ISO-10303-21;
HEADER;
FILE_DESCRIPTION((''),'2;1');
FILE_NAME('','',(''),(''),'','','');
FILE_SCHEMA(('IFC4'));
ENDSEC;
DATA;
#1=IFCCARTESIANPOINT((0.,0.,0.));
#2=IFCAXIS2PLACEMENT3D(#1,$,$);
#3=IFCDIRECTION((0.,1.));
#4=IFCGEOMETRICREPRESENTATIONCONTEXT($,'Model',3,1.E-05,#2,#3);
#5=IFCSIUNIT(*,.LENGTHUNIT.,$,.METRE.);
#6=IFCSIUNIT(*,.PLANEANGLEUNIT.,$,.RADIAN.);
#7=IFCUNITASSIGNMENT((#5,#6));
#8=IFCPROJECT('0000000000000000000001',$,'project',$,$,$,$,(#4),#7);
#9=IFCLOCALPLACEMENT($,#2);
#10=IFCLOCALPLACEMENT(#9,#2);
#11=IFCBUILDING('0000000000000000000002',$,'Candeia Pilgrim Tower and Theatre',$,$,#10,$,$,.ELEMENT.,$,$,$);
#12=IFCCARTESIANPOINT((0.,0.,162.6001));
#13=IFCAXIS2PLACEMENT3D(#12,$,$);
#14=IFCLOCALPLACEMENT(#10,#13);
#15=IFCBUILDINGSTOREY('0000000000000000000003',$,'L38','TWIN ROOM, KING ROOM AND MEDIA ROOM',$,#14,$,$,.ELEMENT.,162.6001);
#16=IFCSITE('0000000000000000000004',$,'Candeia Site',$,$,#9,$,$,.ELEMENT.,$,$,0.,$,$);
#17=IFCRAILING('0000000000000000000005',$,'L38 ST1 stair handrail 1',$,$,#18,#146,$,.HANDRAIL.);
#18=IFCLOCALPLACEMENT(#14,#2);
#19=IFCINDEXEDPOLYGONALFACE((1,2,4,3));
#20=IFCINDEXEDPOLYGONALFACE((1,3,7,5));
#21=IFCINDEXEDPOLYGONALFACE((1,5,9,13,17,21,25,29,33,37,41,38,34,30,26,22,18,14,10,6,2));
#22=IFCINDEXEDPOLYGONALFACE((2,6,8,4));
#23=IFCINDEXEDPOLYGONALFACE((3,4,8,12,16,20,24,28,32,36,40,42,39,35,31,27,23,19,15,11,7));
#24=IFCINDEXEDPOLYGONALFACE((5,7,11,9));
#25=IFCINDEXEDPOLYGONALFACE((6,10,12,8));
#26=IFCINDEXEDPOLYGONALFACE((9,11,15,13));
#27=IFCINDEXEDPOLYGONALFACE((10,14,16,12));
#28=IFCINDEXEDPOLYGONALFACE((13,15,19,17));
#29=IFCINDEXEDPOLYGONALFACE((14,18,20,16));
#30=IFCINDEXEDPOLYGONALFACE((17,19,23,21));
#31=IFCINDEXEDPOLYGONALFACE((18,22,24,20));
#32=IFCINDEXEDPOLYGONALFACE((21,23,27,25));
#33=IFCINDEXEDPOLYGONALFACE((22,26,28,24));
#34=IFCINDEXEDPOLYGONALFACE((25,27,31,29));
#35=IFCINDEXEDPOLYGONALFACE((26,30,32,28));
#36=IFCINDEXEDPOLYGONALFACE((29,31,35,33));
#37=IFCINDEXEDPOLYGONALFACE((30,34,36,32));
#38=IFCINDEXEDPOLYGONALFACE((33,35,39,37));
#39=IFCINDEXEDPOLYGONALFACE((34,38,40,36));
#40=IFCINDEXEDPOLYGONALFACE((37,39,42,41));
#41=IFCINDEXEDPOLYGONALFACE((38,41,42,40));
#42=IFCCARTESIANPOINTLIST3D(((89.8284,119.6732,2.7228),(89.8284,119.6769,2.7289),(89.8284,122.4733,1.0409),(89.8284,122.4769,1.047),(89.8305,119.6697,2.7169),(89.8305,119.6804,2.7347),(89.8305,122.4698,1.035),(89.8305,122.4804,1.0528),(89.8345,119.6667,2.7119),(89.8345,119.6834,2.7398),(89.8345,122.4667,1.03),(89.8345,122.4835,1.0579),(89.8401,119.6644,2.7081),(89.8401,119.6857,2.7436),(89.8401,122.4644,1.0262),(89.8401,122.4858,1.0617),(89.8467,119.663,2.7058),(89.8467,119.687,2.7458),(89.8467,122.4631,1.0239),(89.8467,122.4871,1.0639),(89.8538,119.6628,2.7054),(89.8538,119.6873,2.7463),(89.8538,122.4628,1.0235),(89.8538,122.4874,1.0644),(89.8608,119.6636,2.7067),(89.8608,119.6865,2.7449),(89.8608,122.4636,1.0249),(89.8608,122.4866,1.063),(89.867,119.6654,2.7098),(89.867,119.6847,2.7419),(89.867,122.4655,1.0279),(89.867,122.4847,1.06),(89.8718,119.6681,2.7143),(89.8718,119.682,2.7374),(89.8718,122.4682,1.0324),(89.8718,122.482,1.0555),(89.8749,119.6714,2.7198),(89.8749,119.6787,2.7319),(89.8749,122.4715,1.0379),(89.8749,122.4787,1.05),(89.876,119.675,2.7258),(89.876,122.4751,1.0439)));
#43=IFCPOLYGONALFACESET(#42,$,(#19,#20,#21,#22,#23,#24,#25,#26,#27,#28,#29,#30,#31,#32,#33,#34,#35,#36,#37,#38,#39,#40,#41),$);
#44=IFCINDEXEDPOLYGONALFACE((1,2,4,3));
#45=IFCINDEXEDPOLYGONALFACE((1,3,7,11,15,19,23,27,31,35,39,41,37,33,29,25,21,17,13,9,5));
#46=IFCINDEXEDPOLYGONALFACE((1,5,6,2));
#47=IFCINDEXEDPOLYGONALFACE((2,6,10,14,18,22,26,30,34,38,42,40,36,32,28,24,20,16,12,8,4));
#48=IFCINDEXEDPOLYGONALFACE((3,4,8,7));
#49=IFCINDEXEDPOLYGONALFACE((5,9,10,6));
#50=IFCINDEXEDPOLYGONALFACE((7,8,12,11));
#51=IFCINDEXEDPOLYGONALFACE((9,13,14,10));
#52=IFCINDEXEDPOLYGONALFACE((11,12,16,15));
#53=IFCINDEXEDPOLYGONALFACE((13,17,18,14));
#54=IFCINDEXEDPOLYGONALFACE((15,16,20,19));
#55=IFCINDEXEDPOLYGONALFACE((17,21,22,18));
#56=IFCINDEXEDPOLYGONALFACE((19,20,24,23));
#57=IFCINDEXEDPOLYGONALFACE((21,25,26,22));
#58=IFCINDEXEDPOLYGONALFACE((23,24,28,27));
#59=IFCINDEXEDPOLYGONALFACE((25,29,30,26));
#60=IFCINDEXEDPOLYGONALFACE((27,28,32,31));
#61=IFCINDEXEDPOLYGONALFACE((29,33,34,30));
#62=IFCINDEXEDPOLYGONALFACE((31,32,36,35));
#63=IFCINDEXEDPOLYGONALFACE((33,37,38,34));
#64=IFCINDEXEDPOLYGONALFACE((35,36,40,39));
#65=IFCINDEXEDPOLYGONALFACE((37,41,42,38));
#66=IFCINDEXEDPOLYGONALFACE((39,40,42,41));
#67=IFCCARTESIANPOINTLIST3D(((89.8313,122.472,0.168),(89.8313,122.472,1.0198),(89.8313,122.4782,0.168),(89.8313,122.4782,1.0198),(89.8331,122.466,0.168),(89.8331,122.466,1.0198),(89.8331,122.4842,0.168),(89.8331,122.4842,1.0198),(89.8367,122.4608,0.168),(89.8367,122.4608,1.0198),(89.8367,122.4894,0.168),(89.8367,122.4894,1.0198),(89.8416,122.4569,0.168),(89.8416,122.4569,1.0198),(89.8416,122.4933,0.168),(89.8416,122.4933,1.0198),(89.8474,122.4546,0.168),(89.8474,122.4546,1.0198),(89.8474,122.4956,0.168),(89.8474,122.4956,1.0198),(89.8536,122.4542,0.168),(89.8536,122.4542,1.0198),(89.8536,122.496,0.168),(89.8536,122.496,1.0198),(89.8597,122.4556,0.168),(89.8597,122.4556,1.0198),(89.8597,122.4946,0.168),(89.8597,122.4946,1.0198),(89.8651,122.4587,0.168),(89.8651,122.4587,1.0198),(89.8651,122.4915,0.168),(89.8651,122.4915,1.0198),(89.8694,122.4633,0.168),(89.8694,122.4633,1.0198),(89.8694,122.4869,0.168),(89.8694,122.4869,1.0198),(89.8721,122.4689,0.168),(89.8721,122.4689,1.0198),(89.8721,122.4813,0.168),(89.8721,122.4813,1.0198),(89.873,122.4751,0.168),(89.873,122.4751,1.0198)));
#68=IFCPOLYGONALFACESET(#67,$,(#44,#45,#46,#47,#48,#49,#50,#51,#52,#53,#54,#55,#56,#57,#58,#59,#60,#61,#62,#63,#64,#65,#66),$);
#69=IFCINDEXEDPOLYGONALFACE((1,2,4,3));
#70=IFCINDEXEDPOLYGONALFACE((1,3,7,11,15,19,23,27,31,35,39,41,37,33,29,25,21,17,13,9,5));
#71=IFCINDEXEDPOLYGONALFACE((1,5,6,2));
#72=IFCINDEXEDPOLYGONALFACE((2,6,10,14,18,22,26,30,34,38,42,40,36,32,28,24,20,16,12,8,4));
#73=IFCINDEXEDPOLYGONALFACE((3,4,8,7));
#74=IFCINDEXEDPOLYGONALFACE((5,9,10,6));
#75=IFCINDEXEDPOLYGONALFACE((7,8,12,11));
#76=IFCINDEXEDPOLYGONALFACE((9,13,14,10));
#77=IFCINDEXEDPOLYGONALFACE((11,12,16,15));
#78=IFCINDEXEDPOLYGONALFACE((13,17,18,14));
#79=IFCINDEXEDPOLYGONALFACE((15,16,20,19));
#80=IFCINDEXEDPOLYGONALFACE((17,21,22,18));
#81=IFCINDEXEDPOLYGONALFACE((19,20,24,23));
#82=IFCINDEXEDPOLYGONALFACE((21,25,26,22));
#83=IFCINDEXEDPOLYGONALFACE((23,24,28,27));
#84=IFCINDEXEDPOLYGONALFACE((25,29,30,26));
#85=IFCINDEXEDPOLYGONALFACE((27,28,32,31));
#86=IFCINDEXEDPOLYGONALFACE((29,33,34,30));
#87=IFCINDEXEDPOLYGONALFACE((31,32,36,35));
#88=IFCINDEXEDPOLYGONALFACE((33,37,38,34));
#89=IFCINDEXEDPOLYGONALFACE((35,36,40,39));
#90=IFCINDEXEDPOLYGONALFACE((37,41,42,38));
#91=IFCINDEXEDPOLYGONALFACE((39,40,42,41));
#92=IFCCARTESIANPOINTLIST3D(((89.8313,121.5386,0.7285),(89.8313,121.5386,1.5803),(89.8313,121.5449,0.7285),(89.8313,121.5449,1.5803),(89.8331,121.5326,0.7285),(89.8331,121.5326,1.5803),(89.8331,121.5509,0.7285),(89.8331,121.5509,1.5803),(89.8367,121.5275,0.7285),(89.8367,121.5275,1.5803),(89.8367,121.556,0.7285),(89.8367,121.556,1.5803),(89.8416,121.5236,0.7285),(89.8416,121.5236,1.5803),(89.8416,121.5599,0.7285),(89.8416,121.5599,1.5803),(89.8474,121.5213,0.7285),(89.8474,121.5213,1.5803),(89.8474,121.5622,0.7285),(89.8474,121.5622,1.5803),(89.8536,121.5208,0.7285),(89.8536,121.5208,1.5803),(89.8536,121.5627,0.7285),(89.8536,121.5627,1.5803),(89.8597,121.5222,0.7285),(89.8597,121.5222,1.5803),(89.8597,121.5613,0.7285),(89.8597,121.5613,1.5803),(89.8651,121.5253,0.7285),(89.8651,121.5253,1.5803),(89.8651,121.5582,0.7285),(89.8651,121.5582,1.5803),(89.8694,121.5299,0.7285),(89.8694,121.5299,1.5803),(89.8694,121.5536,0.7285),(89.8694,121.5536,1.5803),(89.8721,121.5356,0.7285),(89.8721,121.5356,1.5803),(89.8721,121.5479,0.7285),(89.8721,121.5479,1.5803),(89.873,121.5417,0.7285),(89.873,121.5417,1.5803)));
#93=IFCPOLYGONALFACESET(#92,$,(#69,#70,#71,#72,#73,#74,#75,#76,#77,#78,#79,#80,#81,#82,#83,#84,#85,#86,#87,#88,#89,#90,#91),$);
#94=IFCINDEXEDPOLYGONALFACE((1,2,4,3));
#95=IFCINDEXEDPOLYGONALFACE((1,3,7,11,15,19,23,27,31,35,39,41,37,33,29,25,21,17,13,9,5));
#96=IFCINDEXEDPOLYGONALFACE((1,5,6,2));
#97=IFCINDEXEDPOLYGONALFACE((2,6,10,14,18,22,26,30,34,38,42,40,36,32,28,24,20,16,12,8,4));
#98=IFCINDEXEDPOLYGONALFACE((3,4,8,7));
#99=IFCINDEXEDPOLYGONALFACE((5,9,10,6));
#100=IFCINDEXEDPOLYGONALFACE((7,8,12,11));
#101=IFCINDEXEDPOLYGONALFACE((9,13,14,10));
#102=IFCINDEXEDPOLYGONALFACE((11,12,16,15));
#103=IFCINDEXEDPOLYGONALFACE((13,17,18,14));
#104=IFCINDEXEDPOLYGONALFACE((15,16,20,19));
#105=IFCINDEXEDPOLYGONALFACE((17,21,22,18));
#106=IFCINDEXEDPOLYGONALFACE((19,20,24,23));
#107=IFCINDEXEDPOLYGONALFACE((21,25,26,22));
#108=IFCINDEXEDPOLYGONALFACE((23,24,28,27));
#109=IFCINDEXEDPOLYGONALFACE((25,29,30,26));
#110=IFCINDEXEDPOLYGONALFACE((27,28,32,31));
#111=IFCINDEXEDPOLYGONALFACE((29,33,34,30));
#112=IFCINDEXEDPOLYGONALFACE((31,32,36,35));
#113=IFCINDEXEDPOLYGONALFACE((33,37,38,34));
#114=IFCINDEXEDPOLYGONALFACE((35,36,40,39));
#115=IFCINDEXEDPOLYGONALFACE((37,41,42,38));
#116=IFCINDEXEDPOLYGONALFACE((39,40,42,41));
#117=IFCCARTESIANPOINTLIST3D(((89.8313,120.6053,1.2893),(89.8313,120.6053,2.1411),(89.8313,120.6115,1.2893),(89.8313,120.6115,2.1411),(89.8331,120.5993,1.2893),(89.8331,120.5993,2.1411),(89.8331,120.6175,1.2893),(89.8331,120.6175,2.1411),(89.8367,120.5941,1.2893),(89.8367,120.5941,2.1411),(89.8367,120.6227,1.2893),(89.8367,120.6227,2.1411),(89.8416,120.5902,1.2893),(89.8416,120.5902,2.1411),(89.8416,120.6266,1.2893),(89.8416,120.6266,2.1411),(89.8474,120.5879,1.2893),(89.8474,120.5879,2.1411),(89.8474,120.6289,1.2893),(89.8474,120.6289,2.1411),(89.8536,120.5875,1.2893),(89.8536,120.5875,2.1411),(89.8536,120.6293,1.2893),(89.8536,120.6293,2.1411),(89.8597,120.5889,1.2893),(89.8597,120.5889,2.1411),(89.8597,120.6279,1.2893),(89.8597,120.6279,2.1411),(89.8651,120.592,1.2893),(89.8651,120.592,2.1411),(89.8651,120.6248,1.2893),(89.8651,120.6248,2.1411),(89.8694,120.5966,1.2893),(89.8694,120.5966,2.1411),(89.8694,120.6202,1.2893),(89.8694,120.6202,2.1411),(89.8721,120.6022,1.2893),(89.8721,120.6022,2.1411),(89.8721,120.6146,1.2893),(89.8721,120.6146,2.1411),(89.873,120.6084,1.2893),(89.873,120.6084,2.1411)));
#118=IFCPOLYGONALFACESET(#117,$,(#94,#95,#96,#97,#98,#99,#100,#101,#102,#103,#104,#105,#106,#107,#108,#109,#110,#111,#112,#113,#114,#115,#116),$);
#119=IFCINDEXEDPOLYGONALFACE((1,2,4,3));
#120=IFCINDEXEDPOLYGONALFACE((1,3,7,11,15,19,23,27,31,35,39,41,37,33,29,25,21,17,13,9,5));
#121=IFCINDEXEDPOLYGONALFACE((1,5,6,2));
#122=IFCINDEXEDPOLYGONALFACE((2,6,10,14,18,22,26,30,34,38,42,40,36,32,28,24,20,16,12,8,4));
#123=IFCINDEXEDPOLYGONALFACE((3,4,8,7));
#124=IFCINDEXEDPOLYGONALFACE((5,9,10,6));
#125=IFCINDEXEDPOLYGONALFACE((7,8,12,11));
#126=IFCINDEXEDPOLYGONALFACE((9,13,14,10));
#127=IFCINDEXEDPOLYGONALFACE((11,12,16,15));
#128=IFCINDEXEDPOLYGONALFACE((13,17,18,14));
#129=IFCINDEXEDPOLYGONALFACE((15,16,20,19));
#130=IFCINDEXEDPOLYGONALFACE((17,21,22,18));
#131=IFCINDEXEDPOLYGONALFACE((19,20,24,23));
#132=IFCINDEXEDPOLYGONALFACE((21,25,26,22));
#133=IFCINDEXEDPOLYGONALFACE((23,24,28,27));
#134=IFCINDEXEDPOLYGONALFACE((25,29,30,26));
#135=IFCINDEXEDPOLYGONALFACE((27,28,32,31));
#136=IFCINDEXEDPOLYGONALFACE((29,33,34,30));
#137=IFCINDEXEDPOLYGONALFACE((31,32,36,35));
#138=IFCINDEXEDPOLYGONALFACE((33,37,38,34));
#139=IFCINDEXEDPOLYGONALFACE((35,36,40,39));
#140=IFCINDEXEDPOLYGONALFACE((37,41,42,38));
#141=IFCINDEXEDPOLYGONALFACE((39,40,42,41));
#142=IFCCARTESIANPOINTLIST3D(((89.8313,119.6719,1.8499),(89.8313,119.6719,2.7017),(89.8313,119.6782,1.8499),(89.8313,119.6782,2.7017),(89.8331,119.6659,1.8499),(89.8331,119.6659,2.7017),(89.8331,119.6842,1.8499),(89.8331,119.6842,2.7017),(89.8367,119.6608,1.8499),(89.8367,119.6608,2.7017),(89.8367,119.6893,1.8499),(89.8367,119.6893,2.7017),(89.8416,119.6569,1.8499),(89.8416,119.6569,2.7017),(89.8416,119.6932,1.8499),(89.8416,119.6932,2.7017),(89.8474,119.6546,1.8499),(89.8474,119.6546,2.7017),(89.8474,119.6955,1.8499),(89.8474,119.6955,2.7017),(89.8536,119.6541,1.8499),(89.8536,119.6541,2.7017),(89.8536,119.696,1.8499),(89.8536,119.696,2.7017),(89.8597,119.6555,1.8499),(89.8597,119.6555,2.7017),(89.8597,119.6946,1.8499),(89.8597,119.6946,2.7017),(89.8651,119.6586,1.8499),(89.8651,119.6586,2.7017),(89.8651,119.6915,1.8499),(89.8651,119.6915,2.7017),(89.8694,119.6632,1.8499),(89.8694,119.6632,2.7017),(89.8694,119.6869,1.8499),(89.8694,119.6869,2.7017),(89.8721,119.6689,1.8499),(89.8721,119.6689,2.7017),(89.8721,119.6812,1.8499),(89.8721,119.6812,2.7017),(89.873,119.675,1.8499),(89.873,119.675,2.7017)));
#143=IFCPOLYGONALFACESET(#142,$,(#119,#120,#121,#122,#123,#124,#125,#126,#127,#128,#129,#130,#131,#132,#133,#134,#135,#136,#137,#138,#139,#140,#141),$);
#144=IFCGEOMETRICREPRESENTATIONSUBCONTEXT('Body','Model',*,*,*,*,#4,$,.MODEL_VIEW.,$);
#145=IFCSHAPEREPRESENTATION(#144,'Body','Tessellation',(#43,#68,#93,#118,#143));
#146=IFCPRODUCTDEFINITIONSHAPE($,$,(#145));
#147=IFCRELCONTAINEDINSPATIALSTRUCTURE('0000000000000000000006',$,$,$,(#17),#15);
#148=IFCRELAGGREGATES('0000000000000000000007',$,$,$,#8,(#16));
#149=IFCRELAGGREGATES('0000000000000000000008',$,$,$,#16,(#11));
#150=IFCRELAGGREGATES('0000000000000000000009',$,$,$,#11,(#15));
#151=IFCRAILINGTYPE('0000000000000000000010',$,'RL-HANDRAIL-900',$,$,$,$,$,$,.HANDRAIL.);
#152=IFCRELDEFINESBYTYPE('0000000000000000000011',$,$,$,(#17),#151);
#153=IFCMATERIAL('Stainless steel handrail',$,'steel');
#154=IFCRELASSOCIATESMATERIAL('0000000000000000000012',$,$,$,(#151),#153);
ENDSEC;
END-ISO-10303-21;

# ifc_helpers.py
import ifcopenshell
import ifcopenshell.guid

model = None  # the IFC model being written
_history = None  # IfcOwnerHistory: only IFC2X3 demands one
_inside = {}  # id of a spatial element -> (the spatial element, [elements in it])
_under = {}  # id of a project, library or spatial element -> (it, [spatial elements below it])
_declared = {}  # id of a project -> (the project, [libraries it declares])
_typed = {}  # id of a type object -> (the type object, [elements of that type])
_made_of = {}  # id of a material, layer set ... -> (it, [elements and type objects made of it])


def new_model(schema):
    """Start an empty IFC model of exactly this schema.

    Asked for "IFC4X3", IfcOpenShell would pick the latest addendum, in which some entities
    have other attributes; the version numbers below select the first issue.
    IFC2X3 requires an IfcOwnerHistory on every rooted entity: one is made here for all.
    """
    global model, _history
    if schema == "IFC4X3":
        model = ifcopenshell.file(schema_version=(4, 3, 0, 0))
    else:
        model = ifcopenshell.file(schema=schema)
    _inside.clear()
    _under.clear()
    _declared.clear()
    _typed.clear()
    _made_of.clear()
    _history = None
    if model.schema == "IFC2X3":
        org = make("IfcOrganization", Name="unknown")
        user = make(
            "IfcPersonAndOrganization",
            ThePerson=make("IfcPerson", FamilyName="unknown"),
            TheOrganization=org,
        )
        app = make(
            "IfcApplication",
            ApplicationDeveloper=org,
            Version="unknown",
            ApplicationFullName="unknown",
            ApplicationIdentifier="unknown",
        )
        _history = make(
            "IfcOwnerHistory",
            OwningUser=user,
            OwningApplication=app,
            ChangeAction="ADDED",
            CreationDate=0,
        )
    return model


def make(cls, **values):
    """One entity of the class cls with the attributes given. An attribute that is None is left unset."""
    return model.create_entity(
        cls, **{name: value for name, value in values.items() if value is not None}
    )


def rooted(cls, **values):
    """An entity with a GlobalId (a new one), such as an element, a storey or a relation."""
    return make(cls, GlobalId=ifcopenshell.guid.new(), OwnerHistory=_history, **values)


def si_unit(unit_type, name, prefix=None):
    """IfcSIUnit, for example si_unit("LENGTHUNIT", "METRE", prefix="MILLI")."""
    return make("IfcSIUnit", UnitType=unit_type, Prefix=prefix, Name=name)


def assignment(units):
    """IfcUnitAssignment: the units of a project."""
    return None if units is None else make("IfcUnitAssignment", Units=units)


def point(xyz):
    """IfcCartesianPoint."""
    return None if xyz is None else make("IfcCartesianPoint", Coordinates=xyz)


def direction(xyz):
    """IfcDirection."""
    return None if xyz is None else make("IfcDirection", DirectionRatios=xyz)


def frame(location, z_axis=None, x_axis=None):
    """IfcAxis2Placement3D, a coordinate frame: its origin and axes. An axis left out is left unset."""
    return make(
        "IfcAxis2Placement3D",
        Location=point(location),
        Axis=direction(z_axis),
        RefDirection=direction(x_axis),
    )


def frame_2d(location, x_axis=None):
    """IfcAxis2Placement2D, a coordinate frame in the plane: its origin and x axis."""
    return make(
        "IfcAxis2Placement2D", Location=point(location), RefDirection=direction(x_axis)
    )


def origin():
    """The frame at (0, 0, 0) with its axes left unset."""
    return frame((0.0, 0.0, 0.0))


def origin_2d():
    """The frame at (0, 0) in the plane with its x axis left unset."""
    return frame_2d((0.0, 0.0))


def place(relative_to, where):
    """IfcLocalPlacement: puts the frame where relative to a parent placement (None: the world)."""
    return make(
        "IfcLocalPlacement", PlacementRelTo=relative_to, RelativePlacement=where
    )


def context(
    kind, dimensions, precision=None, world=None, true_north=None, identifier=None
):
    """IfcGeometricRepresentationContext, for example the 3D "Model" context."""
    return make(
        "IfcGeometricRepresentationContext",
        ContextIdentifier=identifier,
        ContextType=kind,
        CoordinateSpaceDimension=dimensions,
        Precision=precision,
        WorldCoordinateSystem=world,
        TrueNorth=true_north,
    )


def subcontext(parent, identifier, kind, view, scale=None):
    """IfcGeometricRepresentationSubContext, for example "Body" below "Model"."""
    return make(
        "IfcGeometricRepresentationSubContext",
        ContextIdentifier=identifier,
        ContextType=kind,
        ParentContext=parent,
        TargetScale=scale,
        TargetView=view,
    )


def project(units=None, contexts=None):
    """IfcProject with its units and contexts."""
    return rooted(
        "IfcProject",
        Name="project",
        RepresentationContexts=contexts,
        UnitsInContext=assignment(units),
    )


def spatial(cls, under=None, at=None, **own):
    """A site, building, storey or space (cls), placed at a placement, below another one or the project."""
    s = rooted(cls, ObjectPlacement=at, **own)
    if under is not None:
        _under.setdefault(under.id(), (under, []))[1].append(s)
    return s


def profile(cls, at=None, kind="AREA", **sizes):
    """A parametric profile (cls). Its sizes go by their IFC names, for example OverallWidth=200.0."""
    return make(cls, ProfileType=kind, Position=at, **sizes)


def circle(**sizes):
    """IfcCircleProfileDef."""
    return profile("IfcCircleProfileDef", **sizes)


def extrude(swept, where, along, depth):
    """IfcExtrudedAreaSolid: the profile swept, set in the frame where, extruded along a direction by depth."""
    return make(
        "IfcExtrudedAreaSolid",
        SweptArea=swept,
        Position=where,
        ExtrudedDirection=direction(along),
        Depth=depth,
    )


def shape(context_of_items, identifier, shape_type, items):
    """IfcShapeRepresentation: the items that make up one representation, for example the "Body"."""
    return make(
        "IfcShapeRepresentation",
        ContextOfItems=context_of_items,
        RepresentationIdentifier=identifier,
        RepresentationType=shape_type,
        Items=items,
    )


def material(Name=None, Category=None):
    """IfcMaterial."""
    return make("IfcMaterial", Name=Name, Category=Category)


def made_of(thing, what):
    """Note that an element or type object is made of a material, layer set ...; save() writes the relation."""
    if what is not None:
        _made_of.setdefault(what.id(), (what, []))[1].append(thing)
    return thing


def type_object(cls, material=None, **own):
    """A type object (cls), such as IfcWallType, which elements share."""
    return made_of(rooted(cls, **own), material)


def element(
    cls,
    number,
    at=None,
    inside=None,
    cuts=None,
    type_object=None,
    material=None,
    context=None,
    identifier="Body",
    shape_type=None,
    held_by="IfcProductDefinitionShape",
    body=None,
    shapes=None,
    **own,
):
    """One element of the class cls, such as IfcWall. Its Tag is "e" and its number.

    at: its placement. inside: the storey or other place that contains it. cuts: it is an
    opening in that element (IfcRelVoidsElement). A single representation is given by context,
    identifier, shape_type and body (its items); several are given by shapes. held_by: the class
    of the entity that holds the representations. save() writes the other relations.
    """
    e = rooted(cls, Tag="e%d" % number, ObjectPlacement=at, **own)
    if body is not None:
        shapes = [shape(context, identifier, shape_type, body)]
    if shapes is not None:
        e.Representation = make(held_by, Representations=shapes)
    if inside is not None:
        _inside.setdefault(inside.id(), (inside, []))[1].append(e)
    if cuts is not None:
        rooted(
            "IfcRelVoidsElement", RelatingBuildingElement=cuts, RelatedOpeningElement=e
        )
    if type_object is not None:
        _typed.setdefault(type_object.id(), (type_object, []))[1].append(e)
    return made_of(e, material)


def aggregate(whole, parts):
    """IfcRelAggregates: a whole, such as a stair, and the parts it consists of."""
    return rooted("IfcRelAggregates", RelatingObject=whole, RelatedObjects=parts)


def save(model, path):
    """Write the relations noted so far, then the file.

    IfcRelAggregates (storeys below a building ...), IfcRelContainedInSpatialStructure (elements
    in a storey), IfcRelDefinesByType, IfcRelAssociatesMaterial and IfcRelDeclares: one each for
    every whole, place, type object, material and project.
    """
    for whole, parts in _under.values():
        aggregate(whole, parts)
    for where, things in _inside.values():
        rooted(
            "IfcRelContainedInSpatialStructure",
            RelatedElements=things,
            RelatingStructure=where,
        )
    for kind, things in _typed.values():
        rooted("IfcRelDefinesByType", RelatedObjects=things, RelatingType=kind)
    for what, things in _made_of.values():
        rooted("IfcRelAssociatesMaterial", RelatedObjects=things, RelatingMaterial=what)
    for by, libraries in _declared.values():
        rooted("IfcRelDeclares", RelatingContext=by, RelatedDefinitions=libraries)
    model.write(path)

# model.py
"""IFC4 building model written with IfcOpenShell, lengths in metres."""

from ifc_helpers import new_model, si_unit, direction, frame, origin, origin_2d, place, context, subcontext, project, spatial, circle, extrude, material, type_object, element, save


model = new_model("IFC4")

# Units and contexts
model_context = context("Model", 3, precision=1e-05, world=origin(), true_north=direction((0.0, 1.0)))
body_context = subcontext(model_context, "Body", "Model", "MODEL_VIEW")
ifc_project = project(units=[si_unit("LENGTHUNIT", "METRE"), si_unit("PLANEANGLEUNIT", "RADIAN")], contexts=[model_context])

# Site, building, storey
site_placement = place(None, origin())
site = spatial("IfcSite", under=ifc_project, at=site_placement, Name="Candeia Site", CompositionType="ELEMENT", RefElevation=0.0)
building_placement = place(site_placement, origin())
building = spatial("IfcBuilding", under=site, at=building_placement, Name="Candeia Pilgrim Tower and Theatre", CompositionType="ELEMENT")
storey_placement = place(building_placement, frame((0.0, 0.0, 162.6001)))
storey = spatial("IfcBuildingStorey", under=building, at=storey_placement, Name="L38", Description="TWIN ROOM, KING ROOM AND MEDIA ROOM", CompositionType="ELEMENT", Elevation=162.6001)

# Railing
ifc_material_1 = material(Name="Stainless steel handrail", Category="steel")
railing_type_1 = type_object("IfcRailingType", Name="RL-HANDRAIL-900", PredefinedType="HANDRAIL", material=ifc_material_1)
for number, where, name in (
    (1, (89.8521, 122.4751, 0.168), "L38 ST1 stair handrail 1"),
):
    element("IfcRailing", number, at=place(storey_placement, frame(where)), inside=storey, type_object=railing_type_1, Name=name, PredefinedType="HANDRAIL", context=body_context, shape_type="SweptSolid", body=[
        extrude(circle(Radius=0.0239, at=origin_2d()), frame((0.0, 0.0, 0.876), z_axis=(0.0, -0.857242, 0.514913), x_axis=(1.0, 0.0, 0.0)), (0.0, 0.0, 1.0), 3.2664),
        extrude(circle(Radius=0.021, at=origin_2d()), origin(), (0.0, 0.0, 1.0), 0.8518),
        extrude(circle(Radius=0.021, at=origin_2d()), frame((0.0, -0.9333, 0.5605)), (0.0, 0.0, 1.0), 0.8518),
        extrude(circle(Radius=0.021, at=origin_2d()), frame((0.0, -1.8667, 1.1213)), (0.0, 0.0, 1.0), 0.8518),
        extrude(circle(Radius=0.021, at=origin_2d()), frame((0.0, -2.8, 1.6819)), (0.0, 0.0, 1.0), 0.8518),
    ])

save(model, "model.ifc")
